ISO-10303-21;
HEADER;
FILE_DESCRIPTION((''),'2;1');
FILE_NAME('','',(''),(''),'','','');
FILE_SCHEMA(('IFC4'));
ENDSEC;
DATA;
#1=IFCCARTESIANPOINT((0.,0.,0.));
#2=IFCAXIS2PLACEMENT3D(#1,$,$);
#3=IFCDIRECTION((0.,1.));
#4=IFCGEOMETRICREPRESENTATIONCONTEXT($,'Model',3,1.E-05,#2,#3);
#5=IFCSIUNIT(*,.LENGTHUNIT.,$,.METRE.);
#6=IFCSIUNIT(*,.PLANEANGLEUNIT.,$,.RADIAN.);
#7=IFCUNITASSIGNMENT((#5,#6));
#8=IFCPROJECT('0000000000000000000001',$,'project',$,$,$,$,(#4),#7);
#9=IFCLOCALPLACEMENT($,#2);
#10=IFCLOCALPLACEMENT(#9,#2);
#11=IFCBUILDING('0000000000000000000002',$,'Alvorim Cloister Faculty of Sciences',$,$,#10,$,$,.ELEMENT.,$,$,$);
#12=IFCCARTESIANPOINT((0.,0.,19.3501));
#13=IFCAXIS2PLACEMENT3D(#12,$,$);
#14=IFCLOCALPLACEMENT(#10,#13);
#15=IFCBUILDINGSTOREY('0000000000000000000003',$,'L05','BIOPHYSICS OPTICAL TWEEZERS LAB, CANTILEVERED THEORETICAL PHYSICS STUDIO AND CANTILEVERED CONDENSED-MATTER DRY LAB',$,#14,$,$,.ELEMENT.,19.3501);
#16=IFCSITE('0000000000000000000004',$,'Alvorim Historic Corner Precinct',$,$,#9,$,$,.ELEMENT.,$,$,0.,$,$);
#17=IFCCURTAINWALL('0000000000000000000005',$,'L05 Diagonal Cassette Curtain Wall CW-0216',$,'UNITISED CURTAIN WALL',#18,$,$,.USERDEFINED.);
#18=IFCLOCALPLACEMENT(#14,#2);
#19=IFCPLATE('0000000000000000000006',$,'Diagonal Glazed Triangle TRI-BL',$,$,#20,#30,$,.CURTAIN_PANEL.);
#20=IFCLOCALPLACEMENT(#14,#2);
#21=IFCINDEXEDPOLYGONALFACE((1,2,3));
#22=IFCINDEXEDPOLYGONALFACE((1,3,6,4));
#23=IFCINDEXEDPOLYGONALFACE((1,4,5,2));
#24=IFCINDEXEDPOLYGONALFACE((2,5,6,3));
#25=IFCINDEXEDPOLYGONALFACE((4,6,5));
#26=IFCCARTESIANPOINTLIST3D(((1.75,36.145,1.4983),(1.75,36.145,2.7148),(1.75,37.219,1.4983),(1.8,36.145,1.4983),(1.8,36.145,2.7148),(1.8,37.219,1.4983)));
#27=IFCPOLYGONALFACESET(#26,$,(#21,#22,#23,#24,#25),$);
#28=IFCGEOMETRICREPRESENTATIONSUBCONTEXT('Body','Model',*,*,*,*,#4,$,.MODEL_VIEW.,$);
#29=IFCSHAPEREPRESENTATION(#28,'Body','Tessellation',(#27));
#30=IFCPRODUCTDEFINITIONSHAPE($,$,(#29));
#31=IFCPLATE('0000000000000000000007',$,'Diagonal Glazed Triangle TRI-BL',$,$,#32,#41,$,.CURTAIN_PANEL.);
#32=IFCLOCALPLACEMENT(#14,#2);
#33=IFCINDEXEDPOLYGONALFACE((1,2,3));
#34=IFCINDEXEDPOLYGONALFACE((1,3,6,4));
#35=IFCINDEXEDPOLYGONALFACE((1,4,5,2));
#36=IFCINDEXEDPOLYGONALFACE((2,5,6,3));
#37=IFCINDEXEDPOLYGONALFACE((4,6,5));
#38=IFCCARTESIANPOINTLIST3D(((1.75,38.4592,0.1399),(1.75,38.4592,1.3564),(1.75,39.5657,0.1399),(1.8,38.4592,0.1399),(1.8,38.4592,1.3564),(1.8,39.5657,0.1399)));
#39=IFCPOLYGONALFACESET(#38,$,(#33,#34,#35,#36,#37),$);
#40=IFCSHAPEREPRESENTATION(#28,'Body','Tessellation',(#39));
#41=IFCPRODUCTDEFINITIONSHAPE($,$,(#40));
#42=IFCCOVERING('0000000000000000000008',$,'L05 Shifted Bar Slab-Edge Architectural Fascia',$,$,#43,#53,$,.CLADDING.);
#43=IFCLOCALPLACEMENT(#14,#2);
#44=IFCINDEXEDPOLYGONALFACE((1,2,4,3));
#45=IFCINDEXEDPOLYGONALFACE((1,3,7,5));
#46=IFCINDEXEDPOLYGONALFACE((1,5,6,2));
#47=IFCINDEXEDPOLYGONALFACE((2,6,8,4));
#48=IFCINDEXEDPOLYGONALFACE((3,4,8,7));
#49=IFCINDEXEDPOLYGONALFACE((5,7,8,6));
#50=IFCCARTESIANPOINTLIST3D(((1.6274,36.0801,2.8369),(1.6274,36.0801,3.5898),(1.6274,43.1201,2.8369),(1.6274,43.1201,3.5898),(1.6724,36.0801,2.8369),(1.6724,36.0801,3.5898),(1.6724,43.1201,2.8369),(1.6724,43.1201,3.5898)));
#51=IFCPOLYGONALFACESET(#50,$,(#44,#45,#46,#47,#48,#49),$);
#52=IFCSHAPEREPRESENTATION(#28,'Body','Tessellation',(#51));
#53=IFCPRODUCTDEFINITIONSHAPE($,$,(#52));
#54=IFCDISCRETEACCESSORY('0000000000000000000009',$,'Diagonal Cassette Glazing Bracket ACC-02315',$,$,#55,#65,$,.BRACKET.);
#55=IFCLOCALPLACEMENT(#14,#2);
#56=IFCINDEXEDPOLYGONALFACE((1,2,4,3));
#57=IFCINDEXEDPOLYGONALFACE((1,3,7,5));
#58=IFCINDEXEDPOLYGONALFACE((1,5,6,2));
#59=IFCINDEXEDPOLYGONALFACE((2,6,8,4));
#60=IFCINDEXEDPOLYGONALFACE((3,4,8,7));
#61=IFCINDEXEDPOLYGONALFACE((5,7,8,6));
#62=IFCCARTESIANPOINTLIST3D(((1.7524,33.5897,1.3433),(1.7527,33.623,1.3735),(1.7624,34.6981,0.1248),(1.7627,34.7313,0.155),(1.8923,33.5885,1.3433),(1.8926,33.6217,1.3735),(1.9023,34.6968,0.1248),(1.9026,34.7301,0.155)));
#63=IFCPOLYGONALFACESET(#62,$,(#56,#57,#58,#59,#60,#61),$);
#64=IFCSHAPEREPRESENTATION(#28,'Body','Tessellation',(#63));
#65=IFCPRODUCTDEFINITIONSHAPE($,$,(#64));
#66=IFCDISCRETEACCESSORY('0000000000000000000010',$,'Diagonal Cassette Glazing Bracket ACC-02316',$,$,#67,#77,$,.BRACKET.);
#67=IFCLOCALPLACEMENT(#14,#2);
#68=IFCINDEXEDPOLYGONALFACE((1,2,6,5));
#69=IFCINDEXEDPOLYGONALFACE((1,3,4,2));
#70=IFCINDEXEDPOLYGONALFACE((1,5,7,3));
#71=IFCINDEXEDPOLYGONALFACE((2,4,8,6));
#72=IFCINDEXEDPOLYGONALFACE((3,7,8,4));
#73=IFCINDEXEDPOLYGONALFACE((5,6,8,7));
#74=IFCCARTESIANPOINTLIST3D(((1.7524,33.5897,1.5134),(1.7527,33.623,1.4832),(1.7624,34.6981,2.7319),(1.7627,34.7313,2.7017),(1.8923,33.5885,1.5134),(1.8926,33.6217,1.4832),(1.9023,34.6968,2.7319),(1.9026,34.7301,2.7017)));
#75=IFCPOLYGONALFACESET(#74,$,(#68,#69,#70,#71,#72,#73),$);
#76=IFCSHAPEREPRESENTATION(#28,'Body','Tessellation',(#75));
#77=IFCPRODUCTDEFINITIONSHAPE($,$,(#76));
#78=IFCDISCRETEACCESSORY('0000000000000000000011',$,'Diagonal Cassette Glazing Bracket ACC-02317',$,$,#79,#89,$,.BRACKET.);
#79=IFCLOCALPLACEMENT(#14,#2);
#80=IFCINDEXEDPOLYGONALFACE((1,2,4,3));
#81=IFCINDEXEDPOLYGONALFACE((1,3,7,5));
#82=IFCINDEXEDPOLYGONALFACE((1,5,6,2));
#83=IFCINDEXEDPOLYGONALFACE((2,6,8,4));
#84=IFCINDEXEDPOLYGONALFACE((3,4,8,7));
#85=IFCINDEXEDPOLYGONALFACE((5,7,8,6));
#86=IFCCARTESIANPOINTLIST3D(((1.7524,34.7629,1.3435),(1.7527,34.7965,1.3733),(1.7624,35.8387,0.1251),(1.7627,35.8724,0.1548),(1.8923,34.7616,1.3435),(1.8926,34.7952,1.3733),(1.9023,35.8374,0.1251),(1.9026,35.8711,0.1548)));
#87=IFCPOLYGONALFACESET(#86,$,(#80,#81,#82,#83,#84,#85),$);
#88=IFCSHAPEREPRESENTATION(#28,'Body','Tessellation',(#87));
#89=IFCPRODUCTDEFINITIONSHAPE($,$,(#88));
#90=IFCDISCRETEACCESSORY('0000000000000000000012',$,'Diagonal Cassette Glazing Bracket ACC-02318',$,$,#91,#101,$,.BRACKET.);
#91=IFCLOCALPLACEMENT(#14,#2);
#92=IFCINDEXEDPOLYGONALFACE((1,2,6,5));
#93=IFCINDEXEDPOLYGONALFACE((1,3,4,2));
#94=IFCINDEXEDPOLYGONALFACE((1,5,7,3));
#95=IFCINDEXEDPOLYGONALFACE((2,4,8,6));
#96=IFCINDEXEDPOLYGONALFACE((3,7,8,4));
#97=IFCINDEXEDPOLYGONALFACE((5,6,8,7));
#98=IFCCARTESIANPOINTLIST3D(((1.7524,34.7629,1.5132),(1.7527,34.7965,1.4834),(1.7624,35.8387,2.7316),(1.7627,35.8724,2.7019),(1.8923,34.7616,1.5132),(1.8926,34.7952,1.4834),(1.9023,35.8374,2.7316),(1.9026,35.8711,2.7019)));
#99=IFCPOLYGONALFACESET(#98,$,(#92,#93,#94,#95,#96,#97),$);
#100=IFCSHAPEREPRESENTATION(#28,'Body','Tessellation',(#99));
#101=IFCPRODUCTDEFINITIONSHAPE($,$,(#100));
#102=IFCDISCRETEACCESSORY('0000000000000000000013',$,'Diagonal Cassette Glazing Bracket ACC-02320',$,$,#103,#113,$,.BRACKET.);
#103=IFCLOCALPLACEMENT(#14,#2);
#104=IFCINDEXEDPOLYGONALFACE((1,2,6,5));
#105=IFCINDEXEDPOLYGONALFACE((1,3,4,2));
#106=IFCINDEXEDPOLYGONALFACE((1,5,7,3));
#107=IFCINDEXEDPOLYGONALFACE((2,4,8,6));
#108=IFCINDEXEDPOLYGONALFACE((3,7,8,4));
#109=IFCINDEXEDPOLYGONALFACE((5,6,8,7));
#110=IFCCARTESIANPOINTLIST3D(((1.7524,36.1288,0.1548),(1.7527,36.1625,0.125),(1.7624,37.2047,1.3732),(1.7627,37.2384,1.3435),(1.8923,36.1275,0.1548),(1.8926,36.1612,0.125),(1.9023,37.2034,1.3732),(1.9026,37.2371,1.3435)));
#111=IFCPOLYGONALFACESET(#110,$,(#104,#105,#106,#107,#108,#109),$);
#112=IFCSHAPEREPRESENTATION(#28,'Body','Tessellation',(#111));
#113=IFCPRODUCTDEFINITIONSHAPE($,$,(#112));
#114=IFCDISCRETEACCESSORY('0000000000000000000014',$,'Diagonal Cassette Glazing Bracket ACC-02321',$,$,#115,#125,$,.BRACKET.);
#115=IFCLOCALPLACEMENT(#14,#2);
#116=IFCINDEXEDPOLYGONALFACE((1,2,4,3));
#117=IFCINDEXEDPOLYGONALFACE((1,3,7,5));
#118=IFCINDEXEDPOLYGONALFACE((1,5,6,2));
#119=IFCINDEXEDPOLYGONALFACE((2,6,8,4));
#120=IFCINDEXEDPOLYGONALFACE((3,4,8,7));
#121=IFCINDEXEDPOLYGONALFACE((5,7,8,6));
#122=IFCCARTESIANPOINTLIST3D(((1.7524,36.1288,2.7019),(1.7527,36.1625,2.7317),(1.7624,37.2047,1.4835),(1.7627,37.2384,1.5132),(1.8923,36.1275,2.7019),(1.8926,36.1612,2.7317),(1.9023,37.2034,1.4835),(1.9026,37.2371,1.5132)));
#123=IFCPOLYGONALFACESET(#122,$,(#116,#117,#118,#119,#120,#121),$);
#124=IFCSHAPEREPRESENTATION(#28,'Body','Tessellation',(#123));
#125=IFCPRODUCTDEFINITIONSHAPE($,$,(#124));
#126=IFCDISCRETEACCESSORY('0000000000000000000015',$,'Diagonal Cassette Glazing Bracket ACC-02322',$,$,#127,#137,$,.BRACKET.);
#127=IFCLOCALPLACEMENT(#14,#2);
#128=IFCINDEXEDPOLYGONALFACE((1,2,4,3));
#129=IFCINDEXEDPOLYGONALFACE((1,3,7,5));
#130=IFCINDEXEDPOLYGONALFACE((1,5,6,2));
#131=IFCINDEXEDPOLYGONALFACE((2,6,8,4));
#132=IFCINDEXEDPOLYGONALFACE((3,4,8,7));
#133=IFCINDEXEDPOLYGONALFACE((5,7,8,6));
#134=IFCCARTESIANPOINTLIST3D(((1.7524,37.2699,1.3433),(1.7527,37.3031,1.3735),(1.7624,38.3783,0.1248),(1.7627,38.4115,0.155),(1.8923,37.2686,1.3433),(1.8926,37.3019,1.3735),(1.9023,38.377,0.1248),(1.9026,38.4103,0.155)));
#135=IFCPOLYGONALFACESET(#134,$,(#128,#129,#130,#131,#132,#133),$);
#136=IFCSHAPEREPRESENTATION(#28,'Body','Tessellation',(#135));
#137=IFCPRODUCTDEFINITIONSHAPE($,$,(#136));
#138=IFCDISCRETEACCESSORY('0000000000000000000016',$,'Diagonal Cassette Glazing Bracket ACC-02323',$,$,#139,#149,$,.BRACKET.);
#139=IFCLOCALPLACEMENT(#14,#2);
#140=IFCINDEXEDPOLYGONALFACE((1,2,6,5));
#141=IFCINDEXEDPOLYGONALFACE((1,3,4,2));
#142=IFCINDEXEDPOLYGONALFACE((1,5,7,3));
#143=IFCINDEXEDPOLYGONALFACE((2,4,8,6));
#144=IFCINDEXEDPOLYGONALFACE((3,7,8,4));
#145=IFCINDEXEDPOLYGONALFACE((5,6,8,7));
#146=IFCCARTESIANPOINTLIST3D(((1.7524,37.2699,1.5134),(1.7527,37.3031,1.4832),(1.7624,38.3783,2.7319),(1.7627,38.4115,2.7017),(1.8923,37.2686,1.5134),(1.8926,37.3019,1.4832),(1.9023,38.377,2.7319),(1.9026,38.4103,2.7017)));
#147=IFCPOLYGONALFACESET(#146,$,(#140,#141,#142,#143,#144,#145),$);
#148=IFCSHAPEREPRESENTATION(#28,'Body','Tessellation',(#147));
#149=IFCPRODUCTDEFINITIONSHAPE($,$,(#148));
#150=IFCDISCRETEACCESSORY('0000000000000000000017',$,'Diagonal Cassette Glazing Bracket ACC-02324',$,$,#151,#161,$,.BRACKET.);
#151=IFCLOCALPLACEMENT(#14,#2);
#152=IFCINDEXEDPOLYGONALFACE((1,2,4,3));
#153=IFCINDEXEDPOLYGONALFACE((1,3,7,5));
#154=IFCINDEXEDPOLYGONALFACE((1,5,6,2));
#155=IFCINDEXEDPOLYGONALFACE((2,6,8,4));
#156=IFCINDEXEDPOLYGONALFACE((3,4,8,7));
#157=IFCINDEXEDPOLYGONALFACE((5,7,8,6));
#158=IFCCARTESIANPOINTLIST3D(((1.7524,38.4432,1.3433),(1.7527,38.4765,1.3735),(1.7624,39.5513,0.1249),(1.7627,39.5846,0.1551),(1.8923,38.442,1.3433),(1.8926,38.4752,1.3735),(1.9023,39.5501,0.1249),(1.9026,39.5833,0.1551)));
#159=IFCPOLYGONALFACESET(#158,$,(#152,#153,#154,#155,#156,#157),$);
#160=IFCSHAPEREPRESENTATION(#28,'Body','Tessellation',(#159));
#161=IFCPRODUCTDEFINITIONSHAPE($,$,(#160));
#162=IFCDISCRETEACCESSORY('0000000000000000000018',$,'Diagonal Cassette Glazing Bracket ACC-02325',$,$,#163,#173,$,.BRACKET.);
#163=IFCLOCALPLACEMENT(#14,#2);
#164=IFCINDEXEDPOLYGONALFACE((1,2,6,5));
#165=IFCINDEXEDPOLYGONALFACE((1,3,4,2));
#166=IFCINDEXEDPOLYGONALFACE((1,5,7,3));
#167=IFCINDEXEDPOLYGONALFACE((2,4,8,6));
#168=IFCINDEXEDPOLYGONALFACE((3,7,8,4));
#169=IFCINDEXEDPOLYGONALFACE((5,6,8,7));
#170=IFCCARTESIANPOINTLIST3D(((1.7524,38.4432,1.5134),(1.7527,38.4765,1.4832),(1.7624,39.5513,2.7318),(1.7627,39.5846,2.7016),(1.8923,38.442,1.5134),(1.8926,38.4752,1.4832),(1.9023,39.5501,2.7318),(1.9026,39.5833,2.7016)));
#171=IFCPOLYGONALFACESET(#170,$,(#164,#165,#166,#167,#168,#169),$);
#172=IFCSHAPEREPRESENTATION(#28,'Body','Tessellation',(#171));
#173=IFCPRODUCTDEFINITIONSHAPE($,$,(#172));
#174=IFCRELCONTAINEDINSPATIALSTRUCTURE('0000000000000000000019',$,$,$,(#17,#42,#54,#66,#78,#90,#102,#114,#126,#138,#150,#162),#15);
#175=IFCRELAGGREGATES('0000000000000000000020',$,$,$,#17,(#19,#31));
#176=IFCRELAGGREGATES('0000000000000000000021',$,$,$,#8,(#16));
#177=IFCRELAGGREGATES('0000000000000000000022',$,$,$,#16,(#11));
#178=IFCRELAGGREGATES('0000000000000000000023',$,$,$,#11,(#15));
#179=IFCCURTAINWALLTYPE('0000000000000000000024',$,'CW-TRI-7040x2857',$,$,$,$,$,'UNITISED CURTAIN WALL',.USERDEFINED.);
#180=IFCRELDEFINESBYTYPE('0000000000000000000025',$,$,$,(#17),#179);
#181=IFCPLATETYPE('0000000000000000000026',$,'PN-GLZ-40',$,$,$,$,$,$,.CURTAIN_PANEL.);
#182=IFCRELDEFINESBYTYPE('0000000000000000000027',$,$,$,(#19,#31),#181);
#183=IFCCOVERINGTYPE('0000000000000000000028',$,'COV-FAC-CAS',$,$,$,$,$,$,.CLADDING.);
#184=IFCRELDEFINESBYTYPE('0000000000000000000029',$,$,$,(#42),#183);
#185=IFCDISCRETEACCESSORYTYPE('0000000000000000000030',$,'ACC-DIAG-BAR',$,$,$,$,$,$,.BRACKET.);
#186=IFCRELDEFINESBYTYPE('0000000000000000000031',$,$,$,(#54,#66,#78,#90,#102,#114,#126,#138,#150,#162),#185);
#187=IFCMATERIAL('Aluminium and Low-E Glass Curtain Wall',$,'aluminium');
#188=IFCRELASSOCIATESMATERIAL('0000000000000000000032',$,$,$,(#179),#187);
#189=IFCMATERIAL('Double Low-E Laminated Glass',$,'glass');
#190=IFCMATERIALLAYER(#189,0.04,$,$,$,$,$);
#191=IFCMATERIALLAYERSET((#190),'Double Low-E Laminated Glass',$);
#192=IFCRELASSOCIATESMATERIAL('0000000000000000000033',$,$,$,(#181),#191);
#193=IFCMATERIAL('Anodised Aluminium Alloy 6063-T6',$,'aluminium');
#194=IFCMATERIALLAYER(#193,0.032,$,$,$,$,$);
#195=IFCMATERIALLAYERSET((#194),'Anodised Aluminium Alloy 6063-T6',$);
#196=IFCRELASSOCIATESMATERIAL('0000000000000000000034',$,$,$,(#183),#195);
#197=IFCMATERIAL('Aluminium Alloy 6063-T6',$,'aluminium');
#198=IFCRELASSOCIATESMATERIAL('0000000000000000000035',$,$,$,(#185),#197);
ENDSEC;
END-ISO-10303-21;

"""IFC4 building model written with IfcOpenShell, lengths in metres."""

from ifc_helpers import new_model, si_unit, direction, frame, origin, origin_2d, place, context, subcontext, project, spatial, polyline, rectangle, outline, extrude, material, layer, layer_set, type_object, element, aggregate, save


model = new_model("IFC4")

# Units and contexts
model_context = context("Model", 3, precision=1e-05, world=origin(), true_north=direction((0.0, 1.0)))
body_context = subcontext(model_context, "Body", "Model", "MODEL_VIEW")
ifc_project = project(units=[si_unit("LENGTHUNIT", "METRE"), si_unit("PLANEANGLEUNIT", "RADIAN")], contexts=[model_context])

# Site, building, storey
site_placement = place(None, origin())
site = spatial("IfcSite", under=ifc_project, at=site_placement, Name="Alvorim Historic Corner Precinct", CompositionType="ELEMENT", RefElevation=0.0)
building_placement = place(site_placement, origin())
building = spatial("IfcBuilding", under=site, at=building_placement, Name="Alvorim Cloister Faculty of Sciences", CompositionType="ELEMENT")
storey_placement = place(building_placement, frame((0.0, 0.0, 19.3501)))
storey = spatial("IfcBuildingStorey", under=building, at=storey_placement, Name="L05", Description="BIOPHYSICS OPTICAL TWEEZERS LAB, CANTILEVERED THEORETICAL PHYSICS STUDIO AND CANTILEVERED CONDENSED-MATTER DRY LAB", CompositionType="ELEMENT", Elevation=19.3501)

# Shared definitions
ifc_material_1 = material(Name="Aluminium and Low-E Glass Curtain Wall", Category="aluminium")
curtain_wall_type = type_object("IfcCurtainWallType", Name="CW-TRI-7040x2857", ElementType="UNITISED CURTAIN WALL", PredefinedType="USERDEFINED", material=ifc_material_1)
ifc_material_2 = material(Name="Aluminium Alloy 6063-T6", Category="aluminium")

# Curtain wall
curtain_wall_1_placement = place(storey_placement, origin())
curtain_wall_1 = element("IfcCurtainWall", 1, at=curtain_wall_1_placement, inside=storey, type_object=curtain_wall_type, Name="L05 Diagonal Cassette Curtain Wall CW-0216", ObjectType="UNITISED CURTAIN WALL", PredefinedType="USERDEFINED")

# Plates
ifc_material_3 = material(Name="Double Low-E Laminated Glass", Category="glass")
ifc_layer_1 = layer(ifc_material_3, 0.04)
ifc_layer_set_1 = layer_set([ifc_layer_1], Name="Double Low-E Laminated Glass")
plate_type = type_object("IfcPlateType", Name="PN-GLZ-40", PredefinedType="CURTAIN_PANEL", material=ifc_layer_set_1)
plate_1_placement = place(storey_placement, frame((1.7749, 36.145, 1.4983), z_axis=(0.0, 0.0, 1.0), x_axis=(0.0, 1.0, 0.0)))
plate_1 = element("IfcPlate", 2, at=plate_1_placement, type_object=plate_type, Name="Diagonal Glazed Triangle TRI-BL", PredefinedType="CURTAIN_PANEL", context=body_context, shape_type="SweptSolid", body=[
    extrude(outline(polyline([(0.0, 0.0), (1.074, 0.0), (0.0, 1.2166), (0.0, 0.0)])), frame((0.0, 0.0249, 0.0), z_axis=(0.0, -1.0, 0.0), x_axis=(1.0, 0.0, 0.0)), (0.0, 0.0, 1.0), 0.05),
])
plate_2_placement = place(storey_placement, frame((1.7749, 38.4592, 0.1399), z_axis=(0.0, 0.0, 1.0), x_axis=(0.0, 1.0, 0.0)))
plate_2 = element("IfcPlate", 3, at=plate_2_placement, type_object=plate_type, Name="Diagonal Glazed Triangle TRI-BL", PredefinedType="CURTAIN_PANEL", context=body_context, shape_type="SweptSolid", body=[
    extrude(outline(polyline([(0.0, 0.0), (1.1064, 0.0), (0.0, 1.2166), (0.0, 0.0)])), frame((0.0, 0.0249, 0.0), z_axis=(0.0, -1.0, 0.0), x_axis=(1.0, 0.0, 0.0)), (0.0, 0.0, 1.0), 0.05),
])
aggregate(curtain_wall_1, [plate_1, plate_2])

# Covering
ifc_material_4 = material(Name="Anodised Aluminium Alloy 6063-T6", Category="aluminium")
ifc_layer_2 = layer(ifc_material_4, 0.032)
ifc_layer_set_2 = layer_set([ifc_layer_2], Name="Anodised Aluminium Alloy 6063-T6")
covering_type = type_object("IfcCoveringType", Name="COV-FAC-CAS", PredefinedType="CLADDING", material=ifc_layer_set_2)
covering_placement = place(storey_placement, frame((1.6499, 36.0801, 2.8369), z_axis=(0.0, 0.0, 1.0), x_axis=(0.0, 1.0, 0.0)))
element("IfcCovering", 4, at=covering_placement, inside=storey, type_object=covering_type, Name="L05 Shifted Bar Slab-Edge Architectural Fascia", PredefinedType="CLADDING", context=body_context, shape_type="SweptSolid", body=[
    extrude(outline(polyline([(0.0, 0.0), (7.04, 0.0), (7.04, 0.7529), (0.0, 0.7529), (0.0, 0.0)])), frame((0.0, 0.0225, 0.0), z_axis=(0.0, -1.0, 0.0), x_axis=(1.0, 0.0, 0.0)), (0.0, 0.0, 1.0), 0.0449),
])

# Discrete accessories
discrete_accessory_type = type_object("IfcDiscreteAccessoryType", Name="ACC-DIAG-BAR", PredefinedType="BRACKET", material=ifc_material_2)
for number, where, z_axis, x_axis, name in (
    (5, (1.8225, 33.6057, 1.3584), (0.006077, 0.672882, -0.739725), (-0.999959, 0.00903, 0.0), "Diagonal Cassette Glazing Bracket ACC-02315"),
    (6, (1.8225, 33.6057, 1.4983), (0.006077, 0.672882, 0.739725), (-0.999959, 0.00903, 0.0), "Diagonal Cassette Glazing Bracket ACC-02316"),
):
    element("IfcDiscreteAccessory", number, at=place(storey_placement, frame(where, z_axis=z_axis, x_axis=x_axis)), inside=storey, type_object=discrete_accessory_type, Name=name, PredefinedType="BRACKET", context=body_context, shape_type="SweptSolid", body=[
        extrude(rectangle(XDim=0.1399, YDim=0.0449, at=origin_2d()), origin(), (0.0, 0.0, 1.0), 1.6472),
    ])
for number, where, z_axis, x_axis, name in (
    (7, (1.8225, 34.7791, 1.3584), (0.006158, 0.661877, -0.749587), (-0.999957, 0.009303, 0.0), "Diagonal Cassette Glazing Bracket ACC-02317"),
    (8, (1.8225, 34.7791, 1.4983), (0.006158, 0.661877, 0.749587), (-0.999957, 0.009303, 0.0), "Diagonal Cassette Glazing Bracket ACC-02318"),
    (9, (1.8225, 36.145, 0.1399), (0.006158, 0.661877, 0.749587), (-0.999957, 0.009303, 0.0), "Diagonal Cassette Glazing Bracket ACC-02320"),
    (10, (1.8225, 36.145, 2.7168), (0.006158, 0.661877, -0.749587), (-0.999957, 0.009303, 0.0), "Diagonal Cassette Glazing Bracket ACC-02321"),
):
    element("IfcDiscreteAccessory", number, at=place(storey_placement, frame(where, z_axis=z_axis, x_axis=x_axis)), inside=storey, type_object=discrete_accessory_type, Name=name, PredefinedType="BRACKET", context=body_context, shape_type="SweptSolid", body=[
        extrude(rectangle(XDim=0.1399, YDim=0.0449, at=origin_2d()), origin(), (0.0, 0.0, 1.0), 1.6255),
    ])
for number, where, z_axis, x_axis, name in (
    (11, (1.8225, 37.2859, 1.3584), (0.006077, 0.672882, -0.739725), (-0.999959, 0.00903, 0.0), "Diagonal Cassette Glazing Bracket ACC-02322"),
    (12, (1.8225, 37.2859, 1.4983), (0.006077, 0.672882, 0.739725), (-0.999959, 0.00903, 0.0), "Diagonal Cassette Glazing Bracket ACC-02323"),
):
    element("IfcDiscreteAccessory", number, at=place(storey_placement, frame(where, z_axis=z_axis, x_axis=x_axis)), inside=storey, type_object=discrete_accessory_type, Name=name, PredefinedType="BRACKET", context=body_context, shape_type="SweptSolid", body=[
        extrude(rectangle(XDim=0.1399, YDim=0.0449, at=origin_2d()), origin(), (0.0, 0.0, 1.0), 1.6472),
    ])
for number, where, z_axis, x_axis, name in (
    (13, (1.8225, 38.4592, 1.3584), (0.006077, 0.672801, -0.739799), (-0.999959, 0.009032, 0.0), "Diagonal Cassette Glazing Bracket ACC-02324"),
    (14, (1.8225, 38.4592, 1.4983), (0.006077, 0.672801, 0.739799), (-0.999959, 0.009032, 0.0), "Diagonal Cassette Glazing Bracket ACC-02325"),
):
    element("IfcDiscreteAccessory", number, at=place(storey_placement, frame(where, z_axis=z_axis, x_axis=x_axis)), inside=storey, type_object=discrete_accessory_type, Name=name, PredefinedType="BRACKET", context=body_context, shape_type="SweptSolid", body=[
        extrude(rectangle(XDim=0.1399, YDim=0.0449, at=origin_2d()), origin(), (0.0, 0.0, 1.0), 1.647),
    ])

save(model, "model.ifc")
